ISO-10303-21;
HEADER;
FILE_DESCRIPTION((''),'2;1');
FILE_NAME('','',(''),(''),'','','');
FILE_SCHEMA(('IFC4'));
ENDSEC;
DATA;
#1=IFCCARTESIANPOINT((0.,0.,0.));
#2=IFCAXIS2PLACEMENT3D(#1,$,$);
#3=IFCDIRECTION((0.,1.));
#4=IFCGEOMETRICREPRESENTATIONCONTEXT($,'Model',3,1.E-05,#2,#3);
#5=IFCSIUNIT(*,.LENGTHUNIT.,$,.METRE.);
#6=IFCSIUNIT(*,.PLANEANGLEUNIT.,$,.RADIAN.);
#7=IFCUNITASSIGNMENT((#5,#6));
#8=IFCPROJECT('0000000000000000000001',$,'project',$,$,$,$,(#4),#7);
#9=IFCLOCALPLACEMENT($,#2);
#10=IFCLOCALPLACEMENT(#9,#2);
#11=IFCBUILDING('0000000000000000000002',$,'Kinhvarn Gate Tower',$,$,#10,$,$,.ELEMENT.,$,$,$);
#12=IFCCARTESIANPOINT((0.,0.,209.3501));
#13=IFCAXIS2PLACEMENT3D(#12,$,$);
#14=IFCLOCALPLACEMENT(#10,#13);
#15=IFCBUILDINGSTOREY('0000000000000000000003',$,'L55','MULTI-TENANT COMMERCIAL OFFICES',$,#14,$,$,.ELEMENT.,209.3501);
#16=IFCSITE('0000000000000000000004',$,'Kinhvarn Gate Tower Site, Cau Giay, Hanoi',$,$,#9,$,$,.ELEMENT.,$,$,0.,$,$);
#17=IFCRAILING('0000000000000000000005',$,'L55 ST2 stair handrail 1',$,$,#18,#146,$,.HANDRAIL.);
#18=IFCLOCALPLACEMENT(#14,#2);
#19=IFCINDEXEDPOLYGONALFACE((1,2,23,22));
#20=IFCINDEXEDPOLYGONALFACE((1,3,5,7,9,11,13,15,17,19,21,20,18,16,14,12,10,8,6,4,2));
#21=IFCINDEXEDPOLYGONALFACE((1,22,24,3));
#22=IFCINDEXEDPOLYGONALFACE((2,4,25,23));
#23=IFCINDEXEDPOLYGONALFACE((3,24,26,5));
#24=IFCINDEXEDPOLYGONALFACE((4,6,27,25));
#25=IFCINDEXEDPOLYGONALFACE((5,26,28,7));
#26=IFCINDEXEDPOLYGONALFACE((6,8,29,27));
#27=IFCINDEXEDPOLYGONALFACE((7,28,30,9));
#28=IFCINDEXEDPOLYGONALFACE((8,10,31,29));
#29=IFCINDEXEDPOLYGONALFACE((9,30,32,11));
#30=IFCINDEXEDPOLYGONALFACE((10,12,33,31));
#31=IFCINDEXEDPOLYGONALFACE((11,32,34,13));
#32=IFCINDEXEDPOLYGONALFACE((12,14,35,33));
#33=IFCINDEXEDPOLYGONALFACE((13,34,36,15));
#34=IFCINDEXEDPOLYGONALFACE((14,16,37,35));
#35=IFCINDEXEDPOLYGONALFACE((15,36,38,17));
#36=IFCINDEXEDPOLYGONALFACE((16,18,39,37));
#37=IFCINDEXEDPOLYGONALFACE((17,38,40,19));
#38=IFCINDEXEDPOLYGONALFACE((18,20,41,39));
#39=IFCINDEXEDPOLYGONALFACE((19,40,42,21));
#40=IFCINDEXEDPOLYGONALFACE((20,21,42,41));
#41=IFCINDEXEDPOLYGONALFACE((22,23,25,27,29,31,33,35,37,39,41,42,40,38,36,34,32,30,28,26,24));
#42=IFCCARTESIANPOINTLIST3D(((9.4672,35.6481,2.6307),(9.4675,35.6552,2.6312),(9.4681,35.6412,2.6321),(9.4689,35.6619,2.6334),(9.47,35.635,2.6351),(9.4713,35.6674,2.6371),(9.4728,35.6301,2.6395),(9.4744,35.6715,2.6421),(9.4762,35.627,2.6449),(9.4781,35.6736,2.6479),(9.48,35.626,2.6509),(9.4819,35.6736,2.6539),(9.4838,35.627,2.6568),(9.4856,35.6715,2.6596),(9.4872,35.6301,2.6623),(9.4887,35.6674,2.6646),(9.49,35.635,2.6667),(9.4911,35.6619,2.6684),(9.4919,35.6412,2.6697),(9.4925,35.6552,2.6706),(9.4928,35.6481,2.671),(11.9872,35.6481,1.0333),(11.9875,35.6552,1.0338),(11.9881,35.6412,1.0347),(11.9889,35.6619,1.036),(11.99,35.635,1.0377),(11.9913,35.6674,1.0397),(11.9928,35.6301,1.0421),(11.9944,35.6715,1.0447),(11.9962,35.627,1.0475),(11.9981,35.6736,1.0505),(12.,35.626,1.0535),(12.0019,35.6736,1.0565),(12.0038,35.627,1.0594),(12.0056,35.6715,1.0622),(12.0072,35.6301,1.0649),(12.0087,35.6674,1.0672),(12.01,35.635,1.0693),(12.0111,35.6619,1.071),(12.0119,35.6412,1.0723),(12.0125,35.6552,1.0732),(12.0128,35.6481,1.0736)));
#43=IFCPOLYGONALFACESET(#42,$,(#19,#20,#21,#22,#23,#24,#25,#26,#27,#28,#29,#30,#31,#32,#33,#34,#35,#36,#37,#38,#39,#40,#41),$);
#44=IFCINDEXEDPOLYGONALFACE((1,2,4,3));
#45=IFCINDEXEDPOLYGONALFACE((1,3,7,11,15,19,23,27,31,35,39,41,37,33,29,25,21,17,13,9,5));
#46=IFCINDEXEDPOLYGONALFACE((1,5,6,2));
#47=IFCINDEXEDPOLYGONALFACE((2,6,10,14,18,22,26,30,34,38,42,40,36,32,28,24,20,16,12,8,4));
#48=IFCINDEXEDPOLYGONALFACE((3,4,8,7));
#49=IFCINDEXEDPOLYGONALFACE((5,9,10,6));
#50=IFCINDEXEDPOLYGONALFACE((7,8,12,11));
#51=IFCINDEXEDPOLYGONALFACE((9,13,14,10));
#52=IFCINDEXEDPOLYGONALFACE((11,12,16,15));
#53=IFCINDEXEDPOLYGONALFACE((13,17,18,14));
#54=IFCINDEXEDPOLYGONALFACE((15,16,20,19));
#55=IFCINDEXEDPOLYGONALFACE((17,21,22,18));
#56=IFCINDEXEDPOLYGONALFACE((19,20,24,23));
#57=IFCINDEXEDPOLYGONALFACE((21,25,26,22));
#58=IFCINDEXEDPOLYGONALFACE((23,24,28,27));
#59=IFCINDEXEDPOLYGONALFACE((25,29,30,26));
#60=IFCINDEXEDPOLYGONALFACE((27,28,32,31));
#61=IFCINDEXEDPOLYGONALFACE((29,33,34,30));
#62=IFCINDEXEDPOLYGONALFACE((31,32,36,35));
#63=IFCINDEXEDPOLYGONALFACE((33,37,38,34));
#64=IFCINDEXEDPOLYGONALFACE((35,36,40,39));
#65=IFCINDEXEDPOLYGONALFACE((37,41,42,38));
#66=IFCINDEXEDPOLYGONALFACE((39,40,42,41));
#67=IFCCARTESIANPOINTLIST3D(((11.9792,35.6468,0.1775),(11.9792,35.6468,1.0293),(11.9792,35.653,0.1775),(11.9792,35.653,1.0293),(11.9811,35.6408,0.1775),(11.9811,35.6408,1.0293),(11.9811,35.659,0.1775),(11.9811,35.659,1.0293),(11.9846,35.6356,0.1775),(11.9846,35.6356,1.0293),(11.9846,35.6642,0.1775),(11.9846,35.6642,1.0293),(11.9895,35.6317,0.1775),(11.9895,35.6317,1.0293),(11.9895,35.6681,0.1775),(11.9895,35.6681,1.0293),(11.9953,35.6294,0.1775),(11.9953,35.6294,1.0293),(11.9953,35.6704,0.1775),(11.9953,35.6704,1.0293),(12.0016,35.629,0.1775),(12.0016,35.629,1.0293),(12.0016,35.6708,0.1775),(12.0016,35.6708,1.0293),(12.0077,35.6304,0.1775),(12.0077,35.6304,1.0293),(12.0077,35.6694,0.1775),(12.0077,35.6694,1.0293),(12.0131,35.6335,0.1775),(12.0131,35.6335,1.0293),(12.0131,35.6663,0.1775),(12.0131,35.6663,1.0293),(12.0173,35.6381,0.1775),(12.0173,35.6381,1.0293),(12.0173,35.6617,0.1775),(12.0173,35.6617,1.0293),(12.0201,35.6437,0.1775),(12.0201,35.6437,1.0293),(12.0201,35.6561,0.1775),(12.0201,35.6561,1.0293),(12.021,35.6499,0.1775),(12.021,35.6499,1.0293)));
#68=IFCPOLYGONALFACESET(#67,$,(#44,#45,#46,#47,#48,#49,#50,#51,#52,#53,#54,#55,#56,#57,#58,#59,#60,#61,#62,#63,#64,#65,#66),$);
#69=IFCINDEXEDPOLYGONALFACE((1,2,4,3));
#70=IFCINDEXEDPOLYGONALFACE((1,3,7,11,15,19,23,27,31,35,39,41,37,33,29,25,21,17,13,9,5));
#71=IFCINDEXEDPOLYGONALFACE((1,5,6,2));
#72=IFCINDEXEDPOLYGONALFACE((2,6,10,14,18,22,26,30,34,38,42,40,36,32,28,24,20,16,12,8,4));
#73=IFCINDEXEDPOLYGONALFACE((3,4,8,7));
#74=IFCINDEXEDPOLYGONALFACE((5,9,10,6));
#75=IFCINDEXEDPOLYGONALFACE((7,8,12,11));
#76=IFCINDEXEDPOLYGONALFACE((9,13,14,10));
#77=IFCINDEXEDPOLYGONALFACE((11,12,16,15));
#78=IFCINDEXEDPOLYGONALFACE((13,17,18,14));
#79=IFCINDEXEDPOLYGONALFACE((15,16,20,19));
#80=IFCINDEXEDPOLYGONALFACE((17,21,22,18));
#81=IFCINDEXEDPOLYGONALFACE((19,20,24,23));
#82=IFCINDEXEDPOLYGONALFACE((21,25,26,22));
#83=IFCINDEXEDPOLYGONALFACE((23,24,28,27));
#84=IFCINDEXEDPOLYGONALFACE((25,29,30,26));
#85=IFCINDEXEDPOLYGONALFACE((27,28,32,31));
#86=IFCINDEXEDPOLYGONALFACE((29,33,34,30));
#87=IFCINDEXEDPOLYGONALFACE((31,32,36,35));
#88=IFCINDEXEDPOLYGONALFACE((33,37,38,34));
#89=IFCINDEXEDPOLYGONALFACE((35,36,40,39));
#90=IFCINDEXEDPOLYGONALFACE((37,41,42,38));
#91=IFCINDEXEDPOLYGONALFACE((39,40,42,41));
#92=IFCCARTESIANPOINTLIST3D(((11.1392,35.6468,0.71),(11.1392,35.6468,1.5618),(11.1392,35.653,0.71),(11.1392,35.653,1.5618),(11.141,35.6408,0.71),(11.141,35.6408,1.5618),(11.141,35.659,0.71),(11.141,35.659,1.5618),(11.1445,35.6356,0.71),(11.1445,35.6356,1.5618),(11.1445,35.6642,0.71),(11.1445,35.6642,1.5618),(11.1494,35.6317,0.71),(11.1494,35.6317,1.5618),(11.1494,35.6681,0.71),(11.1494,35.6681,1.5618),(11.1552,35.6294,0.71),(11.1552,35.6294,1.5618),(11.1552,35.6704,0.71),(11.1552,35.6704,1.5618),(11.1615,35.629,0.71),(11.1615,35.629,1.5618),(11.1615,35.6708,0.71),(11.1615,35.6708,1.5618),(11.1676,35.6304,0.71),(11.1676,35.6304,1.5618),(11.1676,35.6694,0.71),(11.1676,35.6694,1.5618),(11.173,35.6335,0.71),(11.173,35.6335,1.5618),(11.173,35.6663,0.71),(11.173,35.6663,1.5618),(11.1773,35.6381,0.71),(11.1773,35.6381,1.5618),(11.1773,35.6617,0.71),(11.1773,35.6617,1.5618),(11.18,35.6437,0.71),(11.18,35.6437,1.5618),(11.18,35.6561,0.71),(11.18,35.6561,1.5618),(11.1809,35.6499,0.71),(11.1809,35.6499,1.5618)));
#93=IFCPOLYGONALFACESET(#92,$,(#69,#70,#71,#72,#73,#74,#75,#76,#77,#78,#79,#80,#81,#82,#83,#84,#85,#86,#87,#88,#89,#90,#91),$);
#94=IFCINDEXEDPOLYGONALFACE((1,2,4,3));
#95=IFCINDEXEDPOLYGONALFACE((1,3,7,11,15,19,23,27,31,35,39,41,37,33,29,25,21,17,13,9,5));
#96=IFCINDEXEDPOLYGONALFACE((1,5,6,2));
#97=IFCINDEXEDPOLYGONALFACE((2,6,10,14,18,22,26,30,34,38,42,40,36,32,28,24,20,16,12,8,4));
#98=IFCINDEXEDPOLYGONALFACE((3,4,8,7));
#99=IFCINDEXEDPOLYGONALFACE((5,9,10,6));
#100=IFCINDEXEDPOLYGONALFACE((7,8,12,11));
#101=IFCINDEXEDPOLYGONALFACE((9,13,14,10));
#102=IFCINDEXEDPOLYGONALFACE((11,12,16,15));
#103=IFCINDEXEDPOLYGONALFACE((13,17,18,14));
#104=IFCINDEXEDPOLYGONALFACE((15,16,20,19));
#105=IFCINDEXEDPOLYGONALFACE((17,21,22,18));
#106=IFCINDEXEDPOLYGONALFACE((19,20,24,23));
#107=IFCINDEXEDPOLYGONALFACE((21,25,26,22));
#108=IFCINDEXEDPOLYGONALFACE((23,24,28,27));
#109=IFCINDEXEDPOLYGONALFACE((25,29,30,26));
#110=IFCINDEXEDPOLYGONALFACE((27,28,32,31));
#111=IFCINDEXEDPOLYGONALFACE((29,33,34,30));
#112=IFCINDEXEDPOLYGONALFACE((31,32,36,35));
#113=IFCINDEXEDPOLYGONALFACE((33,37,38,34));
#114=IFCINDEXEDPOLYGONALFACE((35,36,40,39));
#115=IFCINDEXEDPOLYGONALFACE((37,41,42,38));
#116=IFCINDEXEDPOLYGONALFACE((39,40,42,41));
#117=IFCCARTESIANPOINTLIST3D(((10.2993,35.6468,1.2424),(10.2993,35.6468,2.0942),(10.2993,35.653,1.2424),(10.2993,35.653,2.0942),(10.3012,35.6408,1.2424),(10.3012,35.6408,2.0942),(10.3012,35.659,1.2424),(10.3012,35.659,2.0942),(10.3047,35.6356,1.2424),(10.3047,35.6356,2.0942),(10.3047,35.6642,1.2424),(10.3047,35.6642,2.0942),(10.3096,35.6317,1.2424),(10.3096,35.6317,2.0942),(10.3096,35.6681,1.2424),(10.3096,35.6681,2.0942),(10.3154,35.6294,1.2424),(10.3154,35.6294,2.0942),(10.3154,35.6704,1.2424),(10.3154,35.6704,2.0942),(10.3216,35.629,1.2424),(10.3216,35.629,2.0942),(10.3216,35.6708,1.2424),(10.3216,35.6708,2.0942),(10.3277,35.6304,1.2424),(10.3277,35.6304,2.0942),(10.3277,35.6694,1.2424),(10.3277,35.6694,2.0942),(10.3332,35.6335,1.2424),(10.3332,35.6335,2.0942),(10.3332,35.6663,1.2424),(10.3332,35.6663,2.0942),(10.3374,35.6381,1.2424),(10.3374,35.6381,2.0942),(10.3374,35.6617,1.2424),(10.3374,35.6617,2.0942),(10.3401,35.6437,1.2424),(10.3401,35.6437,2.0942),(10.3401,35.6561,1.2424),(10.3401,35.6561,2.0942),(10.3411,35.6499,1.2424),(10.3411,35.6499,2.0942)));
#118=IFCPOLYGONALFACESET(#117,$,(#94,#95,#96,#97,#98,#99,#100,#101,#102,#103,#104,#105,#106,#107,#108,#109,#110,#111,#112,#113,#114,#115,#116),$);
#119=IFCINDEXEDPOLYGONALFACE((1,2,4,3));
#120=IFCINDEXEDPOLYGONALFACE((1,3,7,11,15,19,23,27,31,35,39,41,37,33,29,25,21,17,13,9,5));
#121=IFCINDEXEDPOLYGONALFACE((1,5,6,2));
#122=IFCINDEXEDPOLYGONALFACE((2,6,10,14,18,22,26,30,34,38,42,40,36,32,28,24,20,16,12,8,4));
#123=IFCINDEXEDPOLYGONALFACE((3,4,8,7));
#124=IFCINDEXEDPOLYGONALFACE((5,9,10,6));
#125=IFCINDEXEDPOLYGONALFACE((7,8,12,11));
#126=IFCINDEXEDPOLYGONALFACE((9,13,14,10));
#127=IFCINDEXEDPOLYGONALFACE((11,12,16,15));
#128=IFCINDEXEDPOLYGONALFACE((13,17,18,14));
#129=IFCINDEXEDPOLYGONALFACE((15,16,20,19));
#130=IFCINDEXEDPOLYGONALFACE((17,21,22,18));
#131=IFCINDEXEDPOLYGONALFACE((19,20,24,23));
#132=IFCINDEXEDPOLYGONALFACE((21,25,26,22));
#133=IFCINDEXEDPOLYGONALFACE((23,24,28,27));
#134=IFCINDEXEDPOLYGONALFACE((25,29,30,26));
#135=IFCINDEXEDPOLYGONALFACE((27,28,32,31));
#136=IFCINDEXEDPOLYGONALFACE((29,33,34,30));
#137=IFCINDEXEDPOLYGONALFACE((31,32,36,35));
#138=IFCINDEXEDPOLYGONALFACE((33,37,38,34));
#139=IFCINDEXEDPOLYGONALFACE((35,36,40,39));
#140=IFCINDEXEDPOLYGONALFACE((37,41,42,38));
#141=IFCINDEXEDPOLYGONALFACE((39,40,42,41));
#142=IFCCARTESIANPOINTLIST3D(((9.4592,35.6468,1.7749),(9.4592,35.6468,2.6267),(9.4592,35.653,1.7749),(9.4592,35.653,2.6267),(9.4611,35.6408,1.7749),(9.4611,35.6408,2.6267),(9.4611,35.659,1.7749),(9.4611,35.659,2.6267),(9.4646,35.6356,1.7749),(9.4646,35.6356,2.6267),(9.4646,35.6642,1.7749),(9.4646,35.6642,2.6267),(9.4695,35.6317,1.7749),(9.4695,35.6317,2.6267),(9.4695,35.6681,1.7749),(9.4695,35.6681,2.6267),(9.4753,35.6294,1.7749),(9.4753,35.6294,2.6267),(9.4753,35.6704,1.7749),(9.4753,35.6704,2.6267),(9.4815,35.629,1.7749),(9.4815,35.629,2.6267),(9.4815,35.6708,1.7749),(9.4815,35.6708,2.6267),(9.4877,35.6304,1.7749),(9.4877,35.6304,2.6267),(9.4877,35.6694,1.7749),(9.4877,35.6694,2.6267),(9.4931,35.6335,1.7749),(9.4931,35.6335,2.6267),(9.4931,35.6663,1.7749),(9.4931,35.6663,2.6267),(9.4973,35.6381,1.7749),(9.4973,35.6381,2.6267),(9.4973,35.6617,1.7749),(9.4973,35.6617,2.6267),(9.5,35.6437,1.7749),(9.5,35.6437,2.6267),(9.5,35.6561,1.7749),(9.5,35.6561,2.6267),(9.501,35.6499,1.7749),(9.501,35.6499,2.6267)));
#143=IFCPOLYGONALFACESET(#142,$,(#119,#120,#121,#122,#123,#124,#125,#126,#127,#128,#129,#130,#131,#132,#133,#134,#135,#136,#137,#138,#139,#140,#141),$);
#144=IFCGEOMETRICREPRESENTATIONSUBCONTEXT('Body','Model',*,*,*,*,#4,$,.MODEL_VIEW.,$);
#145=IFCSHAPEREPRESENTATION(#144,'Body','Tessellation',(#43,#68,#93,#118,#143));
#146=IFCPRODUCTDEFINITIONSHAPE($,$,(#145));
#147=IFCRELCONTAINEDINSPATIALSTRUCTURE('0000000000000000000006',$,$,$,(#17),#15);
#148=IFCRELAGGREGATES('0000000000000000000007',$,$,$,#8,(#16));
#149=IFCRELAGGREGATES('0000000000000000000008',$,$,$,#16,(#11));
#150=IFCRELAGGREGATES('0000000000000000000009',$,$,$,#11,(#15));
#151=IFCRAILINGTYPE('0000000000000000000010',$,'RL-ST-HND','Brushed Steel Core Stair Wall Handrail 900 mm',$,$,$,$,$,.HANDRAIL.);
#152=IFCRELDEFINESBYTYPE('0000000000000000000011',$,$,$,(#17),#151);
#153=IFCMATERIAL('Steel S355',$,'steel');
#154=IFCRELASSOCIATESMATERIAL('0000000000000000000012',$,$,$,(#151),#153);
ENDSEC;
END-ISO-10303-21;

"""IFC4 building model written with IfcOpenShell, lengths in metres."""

from ifc_helpers import new_model, si_unit, direction, frame, origin, origin_2d, place, context, subcontext, project, spatial, circle, extrude, material, type_object, element, save


model = new_model("IFC4")

# Units and contexts
model_context = context("Model", 3, precision=1e-05, world=origin(), true_north=direction((0.0, 1.0)))
body_context = subcontext(model_context, "Body", "Model", "MODEL_VIEW")
ifc_project = project(units=[si_unit("LENGTHUNIT", "METRE"), si_unit("PLANEANGLEUNIT", "RADIAN")], contexts=[model_context])

# Site, building, storey
site_placement = place(None, origin())
site = spatial("IfcSite", under=ifc_project, at=site_placement, Name="Kinhvarn Gate Tower Site, Cau Giay, Hanoi", CompositionType="ELEMENT", RefElevation=0.0)
building_placement = place(site_placement, origin())
building = spatial("IfcBuilding", under=site, at=building_placement, Name="Kinhvarn Gate Tower", CompositionType="ELEMENT")
storey_placement = place(building_placement, frame((0.0, 0.0, 209.3501)))
storey = spatial("IfcBuildingStorey", under=building, at=storey_placement, Name="L55", Description="MULTI-TENANT COMMERCIAL OFFICES", CompositionType="ELEMENT", Elevation=209.3501)

# Shared definitions
ifc_material_1 = material(Name="Steel S355", Category="steel")

# Railing
railing_type_1 = type_object("IfcRailingType", Name="RL-ST-HND", Description="Brushed Steel Core Stair Wall Handrail 900 mm", PredefinedType="HANDRAIL", material=ifc_material_1)
railing_1_placement = place(storey_placement, frame((12.0, 35.6499, 0.1775)))
element("IfcRailing", 1, at=railing_1_placement, inside=storey, type_object=railing_type_1, Name="L55 ST2 stair handrail 1", PredefinedType="HANDRAIL", context=body_context, shape_type="SweptSolid", body=[
    extrude(circle(Radius=0.0239, at=origin_2d()), frame((0.0, 0.0, 0.876), z_axis=(-0.844607, 0.0, 0.535387), x_axis=(0.0, -1.0, 0.0)), (0.0, 0.0, 1.0), 2.9836),
    extrude(circle(Radius=0.021, at=origin_2d()), origin(), (0.0, 0.0, 1.0), 0.8518),
    extrude(circle(Radius=0.021, at=origin_2d()), frame((-0.8401, 0.0, 0.5325)), (0.0, 0.0, 1.0), 0.8518),
    extrude(circle(Radius=0.021, at=origin_2d()), frame((-1.6799, 0.0, 1.0649)), (0.0, 0.0, 1.0), 0.8518),
    extrude(circle(Radius=0.021, at=origin_2d()), frame((-2.52, 0.0, 1.5974)), (0.0, 0.0, 1.0), 0.8518),
])

save(model, "model.ifc")
